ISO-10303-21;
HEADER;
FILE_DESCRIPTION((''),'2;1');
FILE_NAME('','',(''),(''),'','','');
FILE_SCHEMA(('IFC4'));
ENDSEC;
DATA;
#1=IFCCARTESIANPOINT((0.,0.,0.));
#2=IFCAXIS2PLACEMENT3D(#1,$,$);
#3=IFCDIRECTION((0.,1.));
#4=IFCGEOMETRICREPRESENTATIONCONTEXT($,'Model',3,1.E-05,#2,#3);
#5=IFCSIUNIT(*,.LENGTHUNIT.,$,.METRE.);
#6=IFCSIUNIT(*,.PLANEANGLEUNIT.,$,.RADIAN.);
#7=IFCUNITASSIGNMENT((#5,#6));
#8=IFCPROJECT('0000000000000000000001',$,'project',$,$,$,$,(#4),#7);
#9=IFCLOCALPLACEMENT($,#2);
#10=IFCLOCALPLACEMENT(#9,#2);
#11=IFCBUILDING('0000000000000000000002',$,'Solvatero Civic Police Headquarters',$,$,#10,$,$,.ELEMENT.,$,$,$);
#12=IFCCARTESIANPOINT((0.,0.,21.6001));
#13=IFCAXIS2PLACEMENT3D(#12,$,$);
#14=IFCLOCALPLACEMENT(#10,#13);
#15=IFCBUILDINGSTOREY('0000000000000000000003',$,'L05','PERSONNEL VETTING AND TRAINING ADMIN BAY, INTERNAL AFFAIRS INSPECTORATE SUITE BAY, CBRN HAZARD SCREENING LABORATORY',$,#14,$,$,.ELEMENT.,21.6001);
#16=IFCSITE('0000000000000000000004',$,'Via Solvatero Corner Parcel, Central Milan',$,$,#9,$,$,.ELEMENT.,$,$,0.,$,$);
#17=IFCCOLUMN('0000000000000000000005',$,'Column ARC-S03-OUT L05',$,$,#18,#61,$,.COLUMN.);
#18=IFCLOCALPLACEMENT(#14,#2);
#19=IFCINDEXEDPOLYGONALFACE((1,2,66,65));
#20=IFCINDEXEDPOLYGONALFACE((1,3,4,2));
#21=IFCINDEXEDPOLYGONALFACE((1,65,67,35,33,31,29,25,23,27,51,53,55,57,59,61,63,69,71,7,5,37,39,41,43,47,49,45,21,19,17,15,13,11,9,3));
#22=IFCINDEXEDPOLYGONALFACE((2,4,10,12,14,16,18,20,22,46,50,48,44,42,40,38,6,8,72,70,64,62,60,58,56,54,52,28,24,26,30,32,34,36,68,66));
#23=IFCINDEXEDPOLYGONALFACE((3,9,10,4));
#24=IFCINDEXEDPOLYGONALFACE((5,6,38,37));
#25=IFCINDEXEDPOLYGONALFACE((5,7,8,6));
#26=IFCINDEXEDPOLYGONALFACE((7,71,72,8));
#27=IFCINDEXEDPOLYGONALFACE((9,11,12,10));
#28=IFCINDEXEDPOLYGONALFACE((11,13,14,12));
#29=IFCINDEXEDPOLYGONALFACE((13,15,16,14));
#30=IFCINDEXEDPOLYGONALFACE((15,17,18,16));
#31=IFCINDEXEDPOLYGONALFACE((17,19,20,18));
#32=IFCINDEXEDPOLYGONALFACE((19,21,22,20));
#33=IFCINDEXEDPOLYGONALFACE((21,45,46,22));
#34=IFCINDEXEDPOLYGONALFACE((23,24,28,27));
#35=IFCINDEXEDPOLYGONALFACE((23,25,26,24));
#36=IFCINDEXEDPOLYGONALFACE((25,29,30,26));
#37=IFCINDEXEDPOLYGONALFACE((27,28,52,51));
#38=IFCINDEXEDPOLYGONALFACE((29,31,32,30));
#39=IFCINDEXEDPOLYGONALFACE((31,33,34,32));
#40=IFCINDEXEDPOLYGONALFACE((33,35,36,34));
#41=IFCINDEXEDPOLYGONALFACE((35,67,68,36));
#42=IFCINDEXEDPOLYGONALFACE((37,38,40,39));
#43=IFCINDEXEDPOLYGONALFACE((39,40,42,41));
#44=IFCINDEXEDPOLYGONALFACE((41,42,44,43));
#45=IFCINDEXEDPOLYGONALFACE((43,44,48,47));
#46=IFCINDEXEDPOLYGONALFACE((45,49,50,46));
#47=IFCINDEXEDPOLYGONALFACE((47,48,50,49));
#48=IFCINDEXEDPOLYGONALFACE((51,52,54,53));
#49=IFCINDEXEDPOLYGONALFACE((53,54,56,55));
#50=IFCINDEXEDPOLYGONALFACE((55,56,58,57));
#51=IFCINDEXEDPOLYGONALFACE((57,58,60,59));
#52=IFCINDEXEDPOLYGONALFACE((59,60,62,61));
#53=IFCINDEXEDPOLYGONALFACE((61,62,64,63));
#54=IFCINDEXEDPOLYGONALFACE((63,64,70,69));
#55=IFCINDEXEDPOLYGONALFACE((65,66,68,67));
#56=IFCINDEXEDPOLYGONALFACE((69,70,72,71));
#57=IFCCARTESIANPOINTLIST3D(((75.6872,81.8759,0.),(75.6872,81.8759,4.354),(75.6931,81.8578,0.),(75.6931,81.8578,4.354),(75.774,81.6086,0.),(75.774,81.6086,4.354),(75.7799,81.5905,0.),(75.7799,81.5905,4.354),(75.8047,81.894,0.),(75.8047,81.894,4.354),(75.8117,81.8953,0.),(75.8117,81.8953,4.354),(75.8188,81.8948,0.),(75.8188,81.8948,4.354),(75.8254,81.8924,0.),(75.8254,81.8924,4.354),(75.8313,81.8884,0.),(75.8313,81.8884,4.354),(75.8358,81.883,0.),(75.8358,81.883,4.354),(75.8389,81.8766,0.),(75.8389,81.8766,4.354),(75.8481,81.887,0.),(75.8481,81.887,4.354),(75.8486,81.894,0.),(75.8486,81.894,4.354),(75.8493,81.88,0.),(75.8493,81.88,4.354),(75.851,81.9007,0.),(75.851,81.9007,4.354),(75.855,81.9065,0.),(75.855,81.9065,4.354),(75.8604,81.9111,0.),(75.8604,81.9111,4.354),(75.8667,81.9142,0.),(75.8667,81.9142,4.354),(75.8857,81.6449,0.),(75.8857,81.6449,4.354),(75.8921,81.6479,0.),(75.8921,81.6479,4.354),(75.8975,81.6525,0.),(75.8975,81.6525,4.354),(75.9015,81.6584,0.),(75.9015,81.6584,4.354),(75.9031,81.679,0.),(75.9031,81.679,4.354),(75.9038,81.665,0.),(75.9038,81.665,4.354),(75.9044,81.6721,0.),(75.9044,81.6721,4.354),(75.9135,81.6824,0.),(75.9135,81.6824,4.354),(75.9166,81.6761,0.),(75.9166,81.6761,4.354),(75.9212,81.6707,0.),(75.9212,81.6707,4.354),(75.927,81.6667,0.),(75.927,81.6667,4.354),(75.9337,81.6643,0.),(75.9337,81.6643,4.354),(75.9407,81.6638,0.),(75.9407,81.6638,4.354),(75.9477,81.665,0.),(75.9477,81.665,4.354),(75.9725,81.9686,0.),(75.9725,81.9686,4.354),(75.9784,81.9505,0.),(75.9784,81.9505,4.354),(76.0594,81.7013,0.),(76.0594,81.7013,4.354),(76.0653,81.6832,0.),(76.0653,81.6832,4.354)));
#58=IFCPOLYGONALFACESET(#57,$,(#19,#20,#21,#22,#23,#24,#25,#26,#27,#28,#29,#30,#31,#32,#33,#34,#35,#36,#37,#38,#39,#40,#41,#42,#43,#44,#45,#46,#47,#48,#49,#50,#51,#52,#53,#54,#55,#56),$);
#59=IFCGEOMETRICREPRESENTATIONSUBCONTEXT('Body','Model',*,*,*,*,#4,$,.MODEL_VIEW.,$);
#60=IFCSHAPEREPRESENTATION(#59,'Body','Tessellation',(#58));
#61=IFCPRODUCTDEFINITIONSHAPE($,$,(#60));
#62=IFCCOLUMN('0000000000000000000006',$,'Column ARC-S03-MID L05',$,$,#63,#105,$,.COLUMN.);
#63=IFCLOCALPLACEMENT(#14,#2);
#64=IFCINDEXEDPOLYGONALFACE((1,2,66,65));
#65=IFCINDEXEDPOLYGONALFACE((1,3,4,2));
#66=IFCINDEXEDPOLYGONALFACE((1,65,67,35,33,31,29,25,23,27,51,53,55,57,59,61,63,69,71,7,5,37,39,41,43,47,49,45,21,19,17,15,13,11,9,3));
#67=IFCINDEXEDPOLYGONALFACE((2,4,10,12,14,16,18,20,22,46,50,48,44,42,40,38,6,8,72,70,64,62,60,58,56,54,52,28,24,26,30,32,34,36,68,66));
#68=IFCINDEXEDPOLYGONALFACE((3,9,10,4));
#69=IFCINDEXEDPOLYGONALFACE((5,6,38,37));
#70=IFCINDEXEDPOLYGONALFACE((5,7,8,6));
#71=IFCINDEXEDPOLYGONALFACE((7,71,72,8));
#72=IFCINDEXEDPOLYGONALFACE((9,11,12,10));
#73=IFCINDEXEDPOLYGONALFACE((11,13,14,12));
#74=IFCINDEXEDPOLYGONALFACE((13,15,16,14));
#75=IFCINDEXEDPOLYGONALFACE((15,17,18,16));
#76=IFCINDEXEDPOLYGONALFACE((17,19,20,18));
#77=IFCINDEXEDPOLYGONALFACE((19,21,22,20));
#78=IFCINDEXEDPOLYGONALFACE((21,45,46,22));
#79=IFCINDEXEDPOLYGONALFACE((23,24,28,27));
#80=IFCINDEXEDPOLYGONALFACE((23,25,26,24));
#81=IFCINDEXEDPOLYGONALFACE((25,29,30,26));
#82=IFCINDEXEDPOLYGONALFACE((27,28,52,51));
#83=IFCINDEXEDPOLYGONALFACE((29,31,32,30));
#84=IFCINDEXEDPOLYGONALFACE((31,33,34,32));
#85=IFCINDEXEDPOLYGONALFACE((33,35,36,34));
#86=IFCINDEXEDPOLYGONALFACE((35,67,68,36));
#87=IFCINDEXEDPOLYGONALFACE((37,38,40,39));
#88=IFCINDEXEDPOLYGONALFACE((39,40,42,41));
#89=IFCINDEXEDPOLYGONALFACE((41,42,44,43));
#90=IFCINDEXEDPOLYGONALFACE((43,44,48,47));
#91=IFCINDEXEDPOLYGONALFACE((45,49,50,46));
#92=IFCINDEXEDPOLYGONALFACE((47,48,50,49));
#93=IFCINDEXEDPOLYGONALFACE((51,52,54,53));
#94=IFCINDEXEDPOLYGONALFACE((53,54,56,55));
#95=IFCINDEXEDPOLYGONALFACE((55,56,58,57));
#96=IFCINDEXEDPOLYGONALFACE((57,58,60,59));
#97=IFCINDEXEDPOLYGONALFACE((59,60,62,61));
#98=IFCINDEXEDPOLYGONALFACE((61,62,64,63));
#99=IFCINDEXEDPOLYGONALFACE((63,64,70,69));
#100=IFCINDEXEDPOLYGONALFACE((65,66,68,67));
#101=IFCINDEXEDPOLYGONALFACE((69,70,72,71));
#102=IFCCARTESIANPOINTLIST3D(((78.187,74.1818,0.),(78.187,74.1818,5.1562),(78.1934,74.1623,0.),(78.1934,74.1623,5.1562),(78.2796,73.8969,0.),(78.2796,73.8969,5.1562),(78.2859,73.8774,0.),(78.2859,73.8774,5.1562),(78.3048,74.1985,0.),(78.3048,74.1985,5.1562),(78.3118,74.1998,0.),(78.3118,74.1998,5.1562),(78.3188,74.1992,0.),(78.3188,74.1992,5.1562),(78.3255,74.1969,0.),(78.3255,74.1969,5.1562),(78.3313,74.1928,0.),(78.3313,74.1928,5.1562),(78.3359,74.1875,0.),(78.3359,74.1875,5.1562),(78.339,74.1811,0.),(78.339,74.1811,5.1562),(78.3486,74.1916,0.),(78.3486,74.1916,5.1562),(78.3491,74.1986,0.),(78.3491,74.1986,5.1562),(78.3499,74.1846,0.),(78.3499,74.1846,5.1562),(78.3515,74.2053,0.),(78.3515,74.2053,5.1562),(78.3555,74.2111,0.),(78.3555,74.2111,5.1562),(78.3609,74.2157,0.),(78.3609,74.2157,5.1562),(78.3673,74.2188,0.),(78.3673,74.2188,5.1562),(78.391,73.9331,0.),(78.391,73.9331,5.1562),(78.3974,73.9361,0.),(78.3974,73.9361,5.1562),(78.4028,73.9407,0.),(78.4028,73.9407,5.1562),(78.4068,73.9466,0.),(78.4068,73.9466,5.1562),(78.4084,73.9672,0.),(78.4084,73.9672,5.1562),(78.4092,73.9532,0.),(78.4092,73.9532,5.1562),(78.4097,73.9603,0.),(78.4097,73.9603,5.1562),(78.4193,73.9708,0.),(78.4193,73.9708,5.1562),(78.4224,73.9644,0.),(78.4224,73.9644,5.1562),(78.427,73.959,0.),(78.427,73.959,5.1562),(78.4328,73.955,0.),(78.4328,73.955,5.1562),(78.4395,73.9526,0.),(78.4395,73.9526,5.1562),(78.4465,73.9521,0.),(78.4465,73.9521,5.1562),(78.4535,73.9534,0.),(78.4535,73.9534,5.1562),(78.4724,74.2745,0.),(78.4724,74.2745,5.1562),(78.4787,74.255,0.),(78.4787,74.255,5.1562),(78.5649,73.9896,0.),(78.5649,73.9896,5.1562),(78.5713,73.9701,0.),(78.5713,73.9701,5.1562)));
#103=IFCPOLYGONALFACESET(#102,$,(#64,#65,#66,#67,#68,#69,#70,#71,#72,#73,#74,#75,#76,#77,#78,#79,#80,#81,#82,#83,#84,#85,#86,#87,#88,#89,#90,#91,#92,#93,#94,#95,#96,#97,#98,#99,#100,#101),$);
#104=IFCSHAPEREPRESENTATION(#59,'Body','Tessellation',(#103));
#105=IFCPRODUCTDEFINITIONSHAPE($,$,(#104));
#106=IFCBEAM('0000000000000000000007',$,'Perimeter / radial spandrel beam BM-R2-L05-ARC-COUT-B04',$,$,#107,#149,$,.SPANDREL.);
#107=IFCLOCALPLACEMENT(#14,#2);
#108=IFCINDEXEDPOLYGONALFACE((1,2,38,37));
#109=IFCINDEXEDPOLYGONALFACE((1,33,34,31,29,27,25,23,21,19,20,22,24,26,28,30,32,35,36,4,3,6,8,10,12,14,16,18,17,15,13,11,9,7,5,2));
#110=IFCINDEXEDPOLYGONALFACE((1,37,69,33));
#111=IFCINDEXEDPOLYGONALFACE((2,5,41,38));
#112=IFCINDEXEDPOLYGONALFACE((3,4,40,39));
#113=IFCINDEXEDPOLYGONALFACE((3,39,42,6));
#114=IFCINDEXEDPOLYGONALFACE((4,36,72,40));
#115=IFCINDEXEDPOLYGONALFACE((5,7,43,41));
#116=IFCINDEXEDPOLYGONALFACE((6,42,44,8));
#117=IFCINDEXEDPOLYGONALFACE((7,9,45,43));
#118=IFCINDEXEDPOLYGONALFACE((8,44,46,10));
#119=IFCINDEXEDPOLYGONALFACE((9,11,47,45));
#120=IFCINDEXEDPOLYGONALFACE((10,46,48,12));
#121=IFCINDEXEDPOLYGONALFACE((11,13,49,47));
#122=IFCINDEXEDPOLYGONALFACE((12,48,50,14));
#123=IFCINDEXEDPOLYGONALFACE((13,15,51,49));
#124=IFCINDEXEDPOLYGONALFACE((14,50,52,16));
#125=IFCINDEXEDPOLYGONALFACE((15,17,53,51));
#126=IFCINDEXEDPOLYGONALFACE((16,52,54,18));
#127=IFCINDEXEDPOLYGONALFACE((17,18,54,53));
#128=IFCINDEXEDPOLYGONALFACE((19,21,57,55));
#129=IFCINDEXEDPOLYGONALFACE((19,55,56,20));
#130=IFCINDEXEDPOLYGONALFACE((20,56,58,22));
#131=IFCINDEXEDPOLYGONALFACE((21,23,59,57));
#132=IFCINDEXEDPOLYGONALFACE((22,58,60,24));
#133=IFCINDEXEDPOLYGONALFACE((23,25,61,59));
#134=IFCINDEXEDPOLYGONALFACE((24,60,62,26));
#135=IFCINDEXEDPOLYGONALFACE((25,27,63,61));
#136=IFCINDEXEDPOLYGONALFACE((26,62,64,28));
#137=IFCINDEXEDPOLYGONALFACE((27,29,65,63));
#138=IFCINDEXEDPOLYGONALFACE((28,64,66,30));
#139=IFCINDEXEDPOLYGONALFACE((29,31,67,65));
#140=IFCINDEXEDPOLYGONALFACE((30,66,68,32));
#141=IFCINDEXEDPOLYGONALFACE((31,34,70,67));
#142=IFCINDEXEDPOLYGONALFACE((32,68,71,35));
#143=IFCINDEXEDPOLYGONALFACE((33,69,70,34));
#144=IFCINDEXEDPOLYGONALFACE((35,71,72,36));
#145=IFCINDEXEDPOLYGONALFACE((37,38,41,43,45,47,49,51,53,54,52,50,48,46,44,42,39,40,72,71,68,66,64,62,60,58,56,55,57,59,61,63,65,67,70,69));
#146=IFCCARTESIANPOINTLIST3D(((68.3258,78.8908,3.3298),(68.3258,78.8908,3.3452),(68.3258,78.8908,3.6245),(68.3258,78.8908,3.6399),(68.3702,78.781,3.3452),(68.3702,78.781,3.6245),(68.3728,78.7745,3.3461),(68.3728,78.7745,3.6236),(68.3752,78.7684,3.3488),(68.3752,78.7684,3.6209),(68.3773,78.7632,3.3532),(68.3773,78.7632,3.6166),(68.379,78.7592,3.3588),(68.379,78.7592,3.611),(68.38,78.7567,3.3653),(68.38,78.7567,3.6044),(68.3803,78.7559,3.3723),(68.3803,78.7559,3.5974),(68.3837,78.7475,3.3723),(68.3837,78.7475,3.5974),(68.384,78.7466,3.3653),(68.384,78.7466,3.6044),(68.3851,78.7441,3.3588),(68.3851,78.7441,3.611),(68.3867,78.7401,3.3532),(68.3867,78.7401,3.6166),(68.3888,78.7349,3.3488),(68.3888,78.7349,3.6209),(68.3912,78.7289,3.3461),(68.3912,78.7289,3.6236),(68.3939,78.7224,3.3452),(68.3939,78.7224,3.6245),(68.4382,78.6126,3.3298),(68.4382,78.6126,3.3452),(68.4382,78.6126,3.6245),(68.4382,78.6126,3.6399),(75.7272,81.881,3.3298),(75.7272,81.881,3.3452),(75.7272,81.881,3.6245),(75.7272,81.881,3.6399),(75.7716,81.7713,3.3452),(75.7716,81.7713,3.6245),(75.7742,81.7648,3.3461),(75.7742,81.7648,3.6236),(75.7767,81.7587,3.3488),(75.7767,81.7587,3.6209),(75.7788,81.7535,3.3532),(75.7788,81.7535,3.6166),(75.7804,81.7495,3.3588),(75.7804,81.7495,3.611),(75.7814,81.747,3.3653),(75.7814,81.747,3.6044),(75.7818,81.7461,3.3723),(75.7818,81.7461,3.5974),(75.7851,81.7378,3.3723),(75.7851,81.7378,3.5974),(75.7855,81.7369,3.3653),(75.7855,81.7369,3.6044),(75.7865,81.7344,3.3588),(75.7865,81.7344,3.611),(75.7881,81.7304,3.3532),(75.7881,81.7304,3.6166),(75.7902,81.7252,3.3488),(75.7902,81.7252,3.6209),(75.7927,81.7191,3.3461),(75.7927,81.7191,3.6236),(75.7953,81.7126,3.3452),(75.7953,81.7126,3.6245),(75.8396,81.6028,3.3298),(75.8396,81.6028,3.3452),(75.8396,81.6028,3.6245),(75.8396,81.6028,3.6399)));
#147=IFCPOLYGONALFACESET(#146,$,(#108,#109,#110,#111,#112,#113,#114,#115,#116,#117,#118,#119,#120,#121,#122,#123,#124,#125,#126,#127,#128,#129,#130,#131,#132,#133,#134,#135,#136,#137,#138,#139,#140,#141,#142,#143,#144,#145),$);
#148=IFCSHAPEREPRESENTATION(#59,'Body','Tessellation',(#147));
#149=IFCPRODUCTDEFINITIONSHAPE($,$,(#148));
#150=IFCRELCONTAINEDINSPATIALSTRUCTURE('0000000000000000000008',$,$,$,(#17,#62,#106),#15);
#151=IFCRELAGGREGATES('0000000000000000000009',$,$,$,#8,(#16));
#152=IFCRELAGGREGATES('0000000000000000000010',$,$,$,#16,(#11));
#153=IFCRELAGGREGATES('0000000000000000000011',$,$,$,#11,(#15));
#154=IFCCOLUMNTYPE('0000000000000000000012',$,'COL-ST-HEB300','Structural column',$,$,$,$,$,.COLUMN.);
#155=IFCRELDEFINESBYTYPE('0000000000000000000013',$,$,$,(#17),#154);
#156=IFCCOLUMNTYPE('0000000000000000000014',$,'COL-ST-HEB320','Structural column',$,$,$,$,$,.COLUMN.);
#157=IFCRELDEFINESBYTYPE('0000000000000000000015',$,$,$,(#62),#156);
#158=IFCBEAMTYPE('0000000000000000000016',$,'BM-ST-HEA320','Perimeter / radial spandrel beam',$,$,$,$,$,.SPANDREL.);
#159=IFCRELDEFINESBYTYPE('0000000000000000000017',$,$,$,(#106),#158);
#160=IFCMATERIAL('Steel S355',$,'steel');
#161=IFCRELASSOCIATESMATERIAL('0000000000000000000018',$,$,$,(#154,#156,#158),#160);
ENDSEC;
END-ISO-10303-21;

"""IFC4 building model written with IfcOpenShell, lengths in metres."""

from ifc_helpers import new_model, si_unit, direction, frame, origin, origin_2d, place, context, subcontext, project, spatial, i_section, extrude, material, material_profile, profile_set, type_object, element, save


model = new_model("IFC4")

# Units and contexts
model_context = context("Model", 3, precision=1e-05, world=origin(), true_north=direction((0.0, 1.0)))
body_context = subcontext(model_context, "Body", "Model", "MODEL_VIEW")
ifc_project = project(units=[si_unit("LENGTHUNIT", "METRE"), si_unit("PLANEANGLEUNIT", "RADIAN")], contexts=[model_context])

# Site, building, storey
site_placement = place(None, origin())
site = spatial("IfcSite", under=ifc_project, at=site_placement, Name="Via Solvatero Corner Parcel, Central Milan", CompositionType="ELEMENT", RefElevation=0.0)
building_placement = place(site_placement, origin())
building = spatial("IfcBuilding", under=site, at=building_placement, Name="Solvatero Civic Police Headquarters", CompositionType="ELEMENT")
storey_placement = place(building_placement, frame((0.0, 0.0, 21.6001)))
storey = spatial("IfcBuildingStorey", under=building, at=storey_placement, Name="L05", Description="PERSONNEL VETTING AND TRAINING ADMIN BAY, INTERNAL AFFAIRS INSPECTORATE SUITE BAY, CBRN HAZARD SCREENING LABORATORY", CompositionType="ELEMENT", Elevation=21.6001)

# Columns
ifc_material_1 = material(Name="Steel S355", Category="steel")
ifc_material_profile_1 = material_profile(ifc_material_1, i_section(OverallWidth=0.3, OverallDepth=0.3, WebThickness=0.011, FlangeThickness=0.019, FilletRadius=0.0271, at=origin_2d()), Name="HEB 300")
ifc_profile_set_1 = profile_set([ifc_material_profile_1], Name="Steel S355")
column_type_1 = type_object("IfcColumnType", Name="COL-ST-HEB300", Description="Structural column", PredefinedType="COLUMN", material=ifc_profile_set_1)
column_1_placement = place(storey_placement, frame((75.8762, 81.7795, 0.0), z_axis=(0.0, 0.0, 1.0), x_axis=(0.951057, 0.309017, 0.0)))
element("IfcColumn", 1, at=column_1_placement, inside=storey, type_object=column_type_1, Name="Column ARC-S03-OUT L05", PredefinedType="COLUMN", context=body_context, shape_type="SweptSolid", body=[
    extrude(i_section(OverallWidth=0.3, OverallDepth=0.3, WebThickness=0.011, FlangeThickness=0.019, FilletRadius=0.0271, at=origin_2d()), origin(), (0.0, 0.0, 1.0), 4.354),
])
ifc_material_profile_2 = material_profile(ifc_material_1, i_section(OverallWidth=0.3, OverallDepth=0.3201, WebThickness=0.0115, FlangeThickness=0.0205, FilletRadius=0.0271, at=origin_2d()), Name="HEB 320")
ifc_profile_set_2 = profile_set([ifc_material_profile_2], Name="Steel S355")
column_type_2 = type_object("IfcColumnType", Name="COL-ST-HEB320", Description="Structural column", PredefinedType="COLUMN", material=ifc_profile_set_2)
column_2_placement = place(storey_placement, frame((78.3792, 74.0759, 0.0), z_axis=(0.0, 0.0, 1.0), x_axis=(0.951057, 0.309017, 0.0)))
element("IfcColumn", 2, at=column_2_placement, inside=storey, type_object=column_type_2, Name="Column ARC-S03-MID L05", PredefinedType="COLUMN", context=body_context, shape_type="SweptSolid", body=[
    extrude(i_section(OverallWidth=0.3, OverallDepth=0.3201, WebThickness=0.0115, FlangeThickness=0.0205, FilletRadius=0.0271, at=origin_2d()), origin(), (0.0, 0.0, 1.0), 5.1562),
])

# Beam
ifc_material_profile_3 = material_profile(ifc_material_1, i_section(OverallWidth=0.3, OverallDepth=0.3101, WebThickness=0.009, FlangeThickness=0.0154, FilletRadius=0.0271, at=origin_2d()), Name="HEA 320")
ifc_profile_set_3 = profile_set([ifc_material_profile_3], Name="Steel S355")
beam_type_1 = type_object("IfcBeamType", Name="BM-ST-HEA320", Description="Perimeter / radial spandrel beam", PredefinedType="SPANDREL", material=ifc_profile_set_3)
beam_1_placement = place(storey_placement, frame((75.7834, 81.7419, 3.4849), z_axis=(-0.927189, -0.374595, 0.0), x_axis=(0.374595, -0.927189, 0.0)))
element("IfcBeam", 3, at=beam_1_placement, inside=storey, type_object=beam_type_1, Name="Perimeter / radial spandrel beam BM-R2-L05-ARC-COUT-B04", PredefinedType="SPANDREL", context=body_context, shape_type="SweptSolid", body=[
    extrude(i_section(OverallWidth=0.3, OverallDepth=0.3101, WebThickness=0.009, FlangeThickness=0.0154, FilletRadius=0.0271, at=origin_2d()), origin(), (0.0, 0.0, 1.0), 7.9827),
])

save(model, "model.ifc")
